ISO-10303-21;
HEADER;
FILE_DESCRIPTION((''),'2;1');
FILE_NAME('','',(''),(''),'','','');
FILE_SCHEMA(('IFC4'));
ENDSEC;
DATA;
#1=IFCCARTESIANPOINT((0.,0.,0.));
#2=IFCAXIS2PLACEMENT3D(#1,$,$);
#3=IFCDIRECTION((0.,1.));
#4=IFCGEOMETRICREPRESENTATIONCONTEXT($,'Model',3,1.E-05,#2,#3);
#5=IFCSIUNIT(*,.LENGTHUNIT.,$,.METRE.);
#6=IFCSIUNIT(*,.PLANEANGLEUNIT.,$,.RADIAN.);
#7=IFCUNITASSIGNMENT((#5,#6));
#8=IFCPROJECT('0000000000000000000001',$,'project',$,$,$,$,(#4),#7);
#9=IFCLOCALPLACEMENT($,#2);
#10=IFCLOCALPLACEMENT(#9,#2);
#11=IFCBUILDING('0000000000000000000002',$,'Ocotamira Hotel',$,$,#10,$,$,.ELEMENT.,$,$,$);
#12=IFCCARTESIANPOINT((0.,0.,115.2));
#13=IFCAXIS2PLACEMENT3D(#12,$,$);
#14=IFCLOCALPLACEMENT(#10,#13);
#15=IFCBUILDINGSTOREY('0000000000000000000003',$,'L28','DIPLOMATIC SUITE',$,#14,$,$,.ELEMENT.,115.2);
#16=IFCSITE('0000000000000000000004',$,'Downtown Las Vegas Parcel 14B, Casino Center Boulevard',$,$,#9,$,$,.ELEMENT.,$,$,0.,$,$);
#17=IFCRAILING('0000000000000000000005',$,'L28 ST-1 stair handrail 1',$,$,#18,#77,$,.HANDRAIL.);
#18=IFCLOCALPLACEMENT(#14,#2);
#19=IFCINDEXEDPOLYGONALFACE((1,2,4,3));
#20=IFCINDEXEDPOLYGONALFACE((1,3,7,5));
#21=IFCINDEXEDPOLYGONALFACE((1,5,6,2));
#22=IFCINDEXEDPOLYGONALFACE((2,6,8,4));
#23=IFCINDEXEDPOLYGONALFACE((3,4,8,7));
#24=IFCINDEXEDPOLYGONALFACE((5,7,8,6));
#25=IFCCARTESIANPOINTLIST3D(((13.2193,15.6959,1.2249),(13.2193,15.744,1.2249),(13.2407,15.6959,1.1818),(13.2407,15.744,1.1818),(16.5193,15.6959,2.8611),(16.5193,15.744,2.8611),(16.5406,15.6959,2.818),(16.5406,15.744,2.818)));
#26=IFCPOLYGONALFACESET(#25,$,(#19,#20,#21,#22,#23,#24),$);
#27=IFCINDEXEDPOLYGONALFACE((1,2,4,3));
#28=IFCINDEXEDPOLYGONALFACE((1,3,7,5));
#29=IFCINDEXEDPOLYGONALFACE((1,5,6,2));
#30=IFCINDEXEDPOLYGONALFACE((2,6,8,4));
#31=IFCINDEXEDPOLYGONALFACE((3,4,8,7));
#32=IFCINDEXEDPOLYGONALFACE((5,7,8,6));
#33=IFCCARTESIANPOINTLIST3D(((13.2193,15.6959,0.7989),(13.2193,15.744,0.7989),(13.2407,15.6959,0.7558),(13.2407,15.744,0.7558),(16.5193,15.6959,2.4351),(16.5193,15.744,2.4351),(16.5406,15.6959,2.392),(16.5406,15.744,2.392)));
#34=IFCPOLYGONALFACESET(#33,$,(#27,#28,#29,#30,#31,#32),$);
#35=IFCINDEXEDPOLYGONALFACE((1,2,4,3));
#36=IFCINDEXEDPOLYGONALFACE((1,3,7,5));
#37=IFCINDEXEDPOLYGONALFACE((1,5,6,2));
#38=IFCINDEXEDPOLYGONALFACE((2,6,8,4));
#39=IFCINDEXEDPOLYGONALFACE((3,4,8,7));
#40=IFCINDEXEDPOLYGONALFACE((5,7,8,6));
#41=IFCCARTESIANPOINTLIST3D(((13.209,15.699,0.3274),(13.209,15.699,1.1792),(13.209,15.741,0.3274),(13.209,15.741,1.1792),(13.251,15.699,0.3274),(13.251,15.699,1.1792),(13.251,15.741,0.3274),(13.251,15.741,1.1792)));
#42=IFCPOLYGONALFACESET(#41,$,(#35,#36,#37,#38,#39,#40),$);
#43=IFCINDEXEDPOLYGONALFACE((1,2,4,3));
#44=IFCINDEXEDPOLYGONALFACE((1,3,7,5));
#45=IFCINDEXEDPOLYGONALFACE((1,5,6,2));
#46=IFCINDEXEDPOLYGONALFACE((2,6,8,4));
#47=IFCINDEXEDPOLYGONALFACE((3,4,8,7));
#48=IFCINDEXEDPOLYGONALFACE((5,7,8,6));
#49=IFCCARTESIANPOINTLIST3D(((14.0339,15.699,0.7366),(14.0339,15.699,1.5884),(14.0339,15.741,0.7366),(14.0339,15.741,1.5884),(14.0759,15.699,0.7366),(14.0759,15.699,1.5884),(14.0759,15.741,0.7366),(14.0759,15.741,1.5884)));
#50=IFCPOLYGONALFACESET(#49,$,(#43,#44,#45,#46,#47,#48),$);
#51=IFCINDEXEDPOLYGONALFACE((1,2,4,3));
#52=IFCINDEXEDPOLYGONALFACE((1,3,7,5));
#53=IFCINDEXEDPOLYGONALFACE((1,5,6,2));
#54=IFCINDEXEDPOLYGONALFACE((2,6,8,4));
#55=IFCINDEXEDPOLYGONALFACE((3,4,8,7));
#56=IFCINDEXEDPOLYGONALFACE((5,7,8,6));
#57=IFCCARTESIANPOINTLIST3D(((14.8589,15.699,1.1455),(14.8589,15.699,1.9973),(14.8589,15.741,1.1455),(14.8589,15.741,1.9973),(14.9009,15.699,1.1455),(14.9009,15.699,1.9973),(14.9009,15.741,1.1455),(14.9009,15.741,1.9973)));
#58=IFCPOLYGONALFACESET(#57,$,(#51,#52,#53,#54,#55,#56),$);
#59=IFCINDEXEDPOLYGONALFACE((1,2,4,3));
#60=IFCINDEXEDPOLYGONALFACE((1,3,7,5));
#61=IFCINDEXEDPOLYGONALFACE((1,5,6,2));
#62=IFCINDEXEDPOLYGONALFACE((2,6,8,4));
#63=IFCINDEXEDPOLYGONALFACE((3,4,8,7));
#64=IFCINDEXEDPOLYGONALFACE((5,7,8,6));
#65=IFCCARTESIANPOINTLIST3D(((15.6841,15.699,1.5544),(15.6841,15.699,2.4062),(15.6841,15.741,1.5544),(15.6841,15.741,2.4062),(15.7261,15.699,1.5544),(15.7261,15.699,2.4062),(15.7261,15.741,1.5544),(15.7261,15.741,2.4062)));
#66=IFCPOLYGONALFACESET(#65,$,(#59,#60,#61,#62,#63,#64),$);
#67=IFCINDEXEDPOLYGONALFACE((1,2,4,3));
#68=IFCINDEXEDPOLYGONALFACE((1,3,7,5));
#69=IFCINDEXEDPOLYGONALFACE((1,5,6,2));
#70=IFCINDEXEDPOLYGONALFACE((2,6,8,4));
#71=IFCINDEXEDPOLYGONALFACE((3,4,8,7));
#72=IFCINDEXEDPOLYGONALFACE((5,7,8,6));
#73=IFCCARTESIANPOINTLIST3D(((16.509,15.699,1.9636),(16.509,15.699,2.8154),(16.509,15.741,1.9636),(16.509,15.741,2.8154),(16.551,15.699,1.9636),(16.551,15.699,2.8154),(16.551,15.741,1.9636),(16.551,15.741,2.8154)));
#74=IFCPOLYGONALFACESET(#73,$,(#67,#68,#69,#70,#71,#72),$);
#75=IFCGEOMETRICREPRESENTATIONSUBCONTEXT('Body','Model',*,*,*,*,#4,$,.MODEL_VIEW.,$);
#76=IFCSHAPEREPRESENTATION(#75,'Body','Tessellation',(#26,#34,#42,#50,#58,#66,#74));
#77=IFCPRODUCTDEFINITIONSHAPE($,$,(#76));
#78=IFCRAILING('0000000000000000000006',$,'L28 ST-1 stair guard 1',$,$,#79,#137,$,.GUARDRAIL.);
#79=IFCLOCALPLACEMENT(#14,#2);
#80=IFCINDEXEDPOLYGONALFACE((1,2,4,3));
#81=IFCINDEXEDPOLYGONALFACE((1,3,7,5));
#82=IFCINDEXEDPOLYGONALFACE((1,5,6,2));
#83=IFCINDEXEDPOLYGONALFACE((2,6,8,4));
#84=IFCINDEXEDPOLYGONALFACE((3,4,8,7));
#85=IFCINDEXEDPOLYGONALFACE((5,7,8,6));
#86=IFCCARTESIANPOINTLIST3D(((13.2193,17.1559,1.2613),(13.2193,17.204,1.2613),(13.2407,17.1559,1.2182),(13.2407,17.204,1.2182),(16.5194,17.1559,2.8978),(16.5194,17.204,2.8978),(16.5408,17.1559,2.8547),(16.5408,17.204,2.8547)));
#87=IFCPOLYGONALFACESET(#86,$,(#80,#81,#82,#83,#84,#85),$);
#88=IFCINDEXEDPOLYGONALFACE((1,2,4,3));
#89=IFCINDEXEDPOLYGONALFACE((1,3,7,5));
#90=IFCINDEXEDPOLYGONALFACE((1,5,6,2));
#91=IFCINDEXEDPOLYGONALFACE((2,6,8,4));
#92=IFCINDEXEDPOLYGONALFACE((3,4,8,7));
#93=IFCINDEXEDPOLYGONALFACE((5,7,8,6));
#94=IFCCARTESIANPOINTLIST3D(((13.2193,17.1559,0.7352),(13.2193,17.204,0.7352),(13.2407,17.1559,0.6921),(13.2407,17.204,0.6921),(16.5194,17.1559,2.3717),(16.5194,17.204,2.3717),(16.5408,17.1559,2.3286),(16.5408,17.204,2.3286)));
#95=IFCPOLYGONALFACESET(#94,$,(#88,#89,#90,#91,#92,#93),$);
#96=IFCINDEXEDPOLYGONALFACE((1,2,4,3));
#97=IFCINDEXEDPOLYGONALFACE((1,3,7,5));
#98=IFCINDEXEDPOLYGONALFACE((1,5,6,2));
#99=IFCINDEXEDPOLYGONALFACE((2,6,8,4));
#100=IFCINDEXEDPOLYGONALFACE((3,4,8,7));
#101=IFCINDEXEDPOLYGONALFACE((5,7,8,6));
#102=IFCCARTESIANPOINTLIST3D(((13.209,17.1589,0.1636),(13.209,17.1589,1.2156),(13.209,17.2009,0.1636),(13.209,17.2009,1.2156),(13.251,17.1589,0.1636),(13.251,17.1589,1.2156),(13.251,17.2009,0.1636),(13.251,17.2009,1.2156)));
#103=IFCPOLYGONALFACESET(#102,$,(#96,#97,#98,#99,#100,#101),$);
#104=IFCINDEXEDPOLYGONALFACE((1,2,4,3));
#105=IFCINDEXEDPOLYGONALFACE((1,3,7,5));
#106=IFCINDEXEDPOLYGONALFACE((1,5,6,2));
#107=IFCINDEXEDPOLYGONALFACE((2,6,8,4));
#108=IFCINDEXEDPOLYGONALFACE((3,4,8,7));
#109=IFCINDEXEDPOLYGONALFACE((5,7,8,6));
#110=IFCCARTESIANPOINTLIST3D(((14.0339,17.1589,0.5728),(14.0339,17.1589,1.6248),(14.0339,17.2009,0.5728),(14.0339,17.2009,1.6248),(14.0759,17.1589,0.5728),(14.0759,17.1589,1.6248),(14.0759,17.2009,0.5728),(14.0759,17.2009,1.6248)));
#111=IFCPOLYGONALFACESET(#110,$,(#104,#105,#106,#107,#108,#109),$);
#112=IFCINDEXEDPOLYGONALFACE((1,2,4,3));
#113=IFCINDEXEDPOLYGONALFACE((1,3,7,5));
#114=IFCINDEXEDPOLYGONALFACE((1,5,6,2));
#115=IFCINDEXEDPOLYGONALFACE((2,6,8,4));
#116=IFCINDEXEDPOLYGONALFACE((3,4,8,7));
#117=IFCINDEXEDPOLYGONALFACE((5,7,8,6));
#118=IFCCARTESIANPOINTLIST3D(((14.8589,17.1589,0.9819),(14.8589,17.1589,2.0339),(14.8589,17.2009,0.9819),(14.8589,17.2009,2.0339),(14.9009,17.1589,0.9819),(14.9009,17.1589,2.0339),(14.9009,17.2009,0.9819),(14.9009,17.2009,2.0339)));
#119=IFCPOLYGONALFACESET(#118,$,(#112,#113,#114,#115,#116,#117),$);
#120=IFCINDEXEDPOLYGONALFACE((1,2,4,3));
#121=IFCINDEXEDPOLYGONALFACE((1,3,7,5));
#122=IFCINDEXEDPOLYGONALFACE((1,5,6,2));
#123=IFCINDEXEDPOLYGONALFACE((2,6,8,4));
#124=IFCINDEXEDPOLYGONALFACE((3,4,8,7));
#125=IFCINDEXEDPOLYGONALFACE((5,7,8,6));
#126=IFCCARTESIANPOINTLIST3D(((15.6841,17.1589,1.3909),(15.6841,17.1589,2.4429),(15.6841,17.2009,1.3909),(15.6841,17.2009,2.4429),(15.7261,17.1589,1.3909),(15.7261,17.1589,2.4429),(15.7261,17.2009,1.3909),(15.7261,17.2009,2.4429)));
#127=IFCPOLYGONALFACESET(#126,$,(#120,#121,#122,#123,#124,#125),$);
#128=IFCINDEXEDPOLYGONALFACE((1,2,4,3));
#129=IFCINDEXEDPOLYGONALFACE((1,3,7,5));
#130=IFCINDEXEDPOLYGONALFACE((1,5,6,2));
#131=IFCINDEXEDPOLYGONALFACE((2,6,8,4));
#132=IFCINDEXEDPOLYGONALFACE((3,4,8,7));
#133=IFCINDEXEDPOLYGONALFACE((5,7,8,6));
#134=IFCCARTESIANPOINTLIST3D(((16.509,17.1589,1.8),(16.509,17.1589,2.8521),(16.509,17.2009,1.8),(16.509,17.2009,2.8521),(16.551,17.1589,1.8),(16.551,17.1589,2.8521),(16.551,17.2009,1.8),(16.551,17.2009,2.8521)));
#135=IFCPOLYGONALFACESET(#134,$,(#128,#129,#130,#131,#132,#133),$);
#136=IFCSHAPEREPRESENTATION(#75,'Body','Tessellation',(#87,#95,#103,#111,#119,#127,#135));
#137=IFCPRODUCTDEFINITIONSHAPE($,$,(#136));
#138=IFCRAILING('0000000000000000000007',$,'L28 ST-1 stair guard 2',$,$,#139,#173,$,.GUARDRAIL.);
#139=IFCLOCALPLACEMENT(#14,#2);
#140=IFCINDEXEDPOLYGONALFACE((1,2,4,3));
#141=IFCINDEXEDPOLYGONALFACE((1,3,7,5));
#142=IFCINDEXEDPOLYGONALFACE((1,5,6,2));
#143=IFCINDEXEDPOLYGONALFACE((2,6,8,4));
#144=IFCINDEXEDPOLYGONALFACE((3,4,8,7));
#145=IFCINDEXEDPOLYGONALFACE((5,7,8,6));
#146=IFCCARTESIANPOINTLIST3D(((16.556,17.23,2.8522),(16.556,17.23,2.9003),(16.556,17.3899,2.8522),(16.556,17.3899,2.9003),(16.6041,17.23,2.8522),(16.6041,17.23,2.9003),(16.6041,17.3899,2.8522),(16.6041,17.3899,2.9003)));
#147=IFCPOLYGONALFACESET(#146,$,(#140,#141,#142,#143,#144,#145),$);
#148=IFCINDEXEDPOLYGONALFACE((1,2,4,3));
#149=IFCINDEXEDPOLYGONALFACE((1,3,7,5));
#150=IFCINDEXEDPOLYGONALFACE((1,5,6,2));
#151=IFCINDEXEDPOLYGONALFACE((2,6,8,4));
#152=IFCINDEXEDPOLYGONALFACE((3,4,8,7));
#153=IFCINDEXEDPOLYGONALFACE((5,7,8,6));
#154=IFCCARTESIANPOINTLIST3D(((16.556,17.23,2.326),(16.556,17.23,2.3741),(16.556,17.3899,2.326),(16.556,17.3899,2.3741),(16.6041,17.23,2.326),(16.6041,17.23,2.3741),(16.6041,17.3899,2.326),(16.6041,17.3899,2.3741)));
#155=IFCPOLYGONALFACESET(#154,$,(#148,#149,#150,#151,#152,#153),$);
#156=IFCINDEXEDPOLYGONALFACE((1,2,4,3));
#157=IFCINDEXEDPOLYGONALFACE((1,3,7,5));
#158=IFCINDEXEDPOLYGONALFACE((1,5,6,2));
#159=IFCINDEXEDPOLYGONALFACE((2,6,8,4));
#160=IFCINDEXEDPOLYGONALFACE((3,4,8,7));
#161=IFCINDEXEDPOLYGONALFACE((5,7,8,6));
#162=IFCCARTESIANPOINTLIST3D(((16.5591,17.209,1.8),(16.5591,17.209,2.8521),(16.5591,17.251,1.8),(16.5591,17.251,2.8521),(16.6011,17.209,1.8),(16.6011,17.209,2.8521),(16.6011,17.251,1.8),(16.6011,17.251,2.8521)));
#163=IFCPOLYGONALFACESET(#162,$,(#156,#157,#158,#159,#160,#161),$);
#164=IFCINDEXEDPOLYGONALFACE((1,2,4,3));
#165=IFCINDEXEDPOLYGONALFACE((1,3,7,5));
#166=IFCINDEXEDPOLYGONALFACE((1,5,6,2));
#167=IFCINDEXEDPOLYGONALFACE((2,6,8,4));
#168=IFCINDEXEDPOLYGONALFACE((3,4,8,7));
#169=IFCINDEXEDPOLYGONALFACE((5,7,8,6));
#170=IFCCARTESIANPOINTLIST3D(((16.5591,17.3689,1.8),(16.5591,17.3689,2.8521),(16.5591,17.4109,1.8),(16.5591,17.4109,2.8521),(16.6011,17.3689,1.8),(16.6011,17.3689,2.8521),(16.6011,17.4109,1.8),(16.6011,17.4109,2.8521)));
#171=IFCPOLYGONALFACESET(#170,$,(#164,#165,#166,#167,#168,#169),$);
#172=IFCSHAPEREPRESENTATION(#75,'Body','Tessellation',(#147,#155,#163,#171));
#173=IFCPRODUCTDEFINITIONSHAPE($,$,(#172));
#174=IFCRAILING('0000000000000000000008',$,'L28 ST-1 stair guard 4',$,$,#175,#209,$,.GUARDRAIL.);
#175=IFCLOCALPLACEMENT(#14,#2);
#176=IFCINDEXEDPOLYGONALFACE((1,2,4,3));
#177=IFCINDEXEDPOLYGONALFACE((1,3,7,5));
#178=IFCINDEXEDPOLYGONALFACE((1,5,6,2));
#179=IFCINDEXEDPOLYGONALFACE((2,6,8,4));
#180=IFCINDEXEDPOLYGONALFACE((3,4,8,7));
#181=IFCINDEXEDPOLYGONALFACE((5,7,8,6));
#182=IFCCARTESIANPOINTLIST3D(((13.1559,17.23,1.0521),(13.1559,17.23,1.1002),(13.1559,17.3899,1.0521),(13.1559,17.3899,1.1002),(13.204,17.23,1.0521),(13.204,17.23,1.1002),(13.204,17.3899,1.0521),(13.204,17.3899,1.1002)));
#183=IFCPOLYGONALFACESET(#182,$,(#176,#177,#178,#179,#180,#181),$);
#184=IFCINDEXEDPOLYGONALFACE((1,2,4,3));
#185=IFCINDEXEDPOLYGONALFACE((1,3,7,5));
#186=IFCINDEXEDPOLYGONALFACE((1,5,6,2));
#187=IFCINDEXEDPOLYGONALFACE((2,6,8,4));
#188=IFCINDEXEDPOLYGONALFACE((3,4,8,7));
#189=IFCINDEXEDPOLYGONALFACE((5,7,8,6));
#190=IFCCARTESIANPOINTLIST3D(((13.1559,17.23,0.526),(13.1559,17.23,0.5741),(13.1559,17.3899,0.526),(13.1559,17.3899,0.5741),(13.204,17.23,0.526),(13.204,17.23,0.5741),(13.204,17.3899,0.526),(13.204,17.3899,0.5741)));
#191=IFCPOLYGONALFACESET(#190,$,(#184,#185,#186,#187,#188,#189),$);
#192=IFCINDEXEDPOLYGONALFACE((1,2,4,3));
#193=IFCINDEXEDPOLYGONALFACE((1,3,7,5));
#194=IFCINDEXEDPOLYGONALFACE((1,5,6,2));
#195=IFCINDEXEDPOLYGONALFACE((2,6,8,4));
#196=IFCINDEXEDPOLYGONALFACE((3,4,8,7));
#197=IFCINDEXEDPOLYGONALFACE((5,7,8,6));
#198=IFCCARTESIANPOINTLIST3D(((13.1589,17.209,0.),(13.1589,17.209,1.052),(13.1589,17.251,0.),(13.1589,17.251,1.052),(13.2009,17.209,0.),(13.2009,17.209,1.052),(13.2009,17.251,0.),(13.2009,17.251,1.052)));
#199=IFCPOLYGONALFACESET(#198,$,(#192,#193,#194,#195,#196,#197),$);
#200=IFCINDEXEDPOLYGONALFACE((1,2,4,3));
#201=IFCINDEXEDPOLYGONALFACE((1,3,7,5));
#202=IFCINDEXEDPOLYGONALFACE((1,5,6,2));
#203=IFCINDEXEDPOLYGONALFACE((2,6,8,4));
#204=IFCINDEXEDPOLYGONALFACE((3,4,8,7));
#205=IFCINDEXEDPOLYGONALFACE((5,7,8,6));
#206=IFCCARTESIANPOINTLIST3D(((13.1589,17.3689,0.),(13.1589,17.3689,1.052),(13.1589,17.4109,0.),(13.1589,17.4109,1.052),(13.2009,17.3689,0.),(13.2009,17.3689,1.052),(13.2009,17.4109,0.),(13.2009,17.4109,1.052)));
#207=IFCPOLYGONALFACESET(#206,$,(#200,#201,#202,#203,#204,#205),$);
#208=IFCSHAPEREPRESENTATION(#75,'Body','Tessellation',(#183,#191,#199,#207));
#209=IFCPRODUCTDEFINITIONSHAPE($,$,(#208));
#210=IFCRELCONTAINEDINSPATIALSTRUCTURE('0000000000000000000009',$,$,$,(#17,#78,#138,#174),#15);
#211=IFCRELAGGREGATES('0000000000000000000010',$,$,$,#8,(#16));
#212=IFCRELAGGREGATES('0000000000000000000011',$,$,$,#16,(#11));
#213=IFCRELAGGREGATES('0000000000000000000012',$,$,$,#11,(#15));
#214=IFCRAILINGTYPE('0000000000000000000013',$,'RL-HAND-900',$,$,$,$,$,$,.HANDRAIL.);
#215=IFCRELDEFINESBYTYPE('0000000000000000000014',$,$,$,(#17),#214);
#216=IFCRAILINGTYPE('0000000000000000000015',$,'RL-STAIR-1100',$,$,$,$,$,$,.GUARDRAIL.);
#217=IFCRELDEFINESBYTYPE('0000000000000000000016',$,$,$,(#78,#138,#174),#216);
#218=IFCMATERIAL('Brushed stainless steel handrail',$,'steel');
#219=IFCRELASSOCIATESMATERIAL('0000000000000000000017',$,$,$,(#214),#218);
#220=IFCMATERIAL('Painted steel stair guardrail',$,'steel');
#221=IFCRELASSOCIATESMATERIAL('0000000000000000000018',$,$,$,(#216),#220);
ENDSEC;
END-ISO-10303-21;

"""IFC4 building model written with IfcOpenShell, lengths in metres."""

from ifc_helpers import new_model, si_unit, direction, frame, origin, origin_2d, place, context, subcontext, project, spatial, rectangle, extrude, material, type_object, element, save


model = new_model("IFC4")

# Units and contexts
model_context = context("Model", 3, precision=1e-05, world=origin(), true_north=direction((0.0, 1.0)))
body_context = subcontext(model_context, "Body", "Model", "MODEL_VIEW")
ifc_project = project(units=[si_unit("LENGTHUNIT", "METRE"), si_unit("PLANEANGLEUNIT", "RADIAN")], contexts=[model_context])

# Site, building, storey
site_placement = place(None, origin())
site = spatial("IfcSite", under=ifc_project, at=site_placement, Name="Downtown Las Vegas Parcel 14B, Casino Center Boulevard", CompositionType="ELEMENT", RefElevation=0.0)
building_placement = place(site_placement, origin())
building = spatial("IfcBuilding", under=site, at=building_placement, Name="Ocotamira Hotel", CompositionType="ELEMENT")
storey_placement = place(building_placement, frame((0.0, 0.0, 115.2)))
storey = spatial("IfcBuildingStorey", under=building, at=storey_placement, Name="L28", Description="DIPLOMATIC SUITE", CompositionType="ELEMENT", Elevation=115.2)

# Railings
ifc_material_1 = material(Name="Painted steel stair guardrail", Category="steel")
ifc_material_2 = material(Name="Brushed stainless steel handrail", Category="steel")
railing_type_1 = type_object("IfcRailingType", Name="RL-HAND-900", PredefinedType="HANDRAIL", material=ifc_material_2)
railing_1_placement = place(storey_placement, frame((13.23, 15.72, 0.3274)))
element("IfcRailing", 1, at=railing_1_placement, inside=storey, type_object=railing_type_1, Name="L28 ST-1 stair handrail 1", PredefinedType="HANDRAIL", context=body_context, shape_type="SweptSolid", body=[
    extrude(rectangle(XDim=0.0481, YDim=0.0481, at=origin_2d()), frame((0.0, 0.0, 0.876), z_axis=(0.89592, 0.0, 0.444215), x_axis=(0.0, 1.0, 0.0)), (0.0, 0.0, 1.0), 3.6833),
    extrude(rectangle(XDim=0.0481, YDim=0.0481, at=origin_2d()), frame((0.0, 0.0, 0.45), z_axis=(0.89592, 0.0, 0.444215), x_axis=(0.0, 1.0, 0.0)), (0.0, 0.0, 1.0), 3.6833),
    extrude(rectangle(XDim=0.042, YDim=0.042, at=origin_2d()), origin(), (0.0, 0.0, 1.0), 0.8518),
    extrude(rectangle(XDim=0.042, YDim=0.042, at=origin_2d()), frame((0.825, 0.0, 0.4092)), (0.0, 0.0, 1.0), 0.8518),
    extrude(rectangle(XDim=0.042, YDim=0.042, at=origin_2d()), frame((1.6499, 0.0, 0.8181)), (0.0, 0.0, 1.0), 0.8518),
    extrude(rectangle(XDim=0.042, YDim=0.042, at=origin_2d()), frame((2.4751, 0.0, 1.2271)), (0.0, 0.0, 1.0), 0.8518),
    extrude(rectangle(XDim=0.042, YDim=0.042, at=origin_2d()), frame((3.3, 0.0, 1.6362)), (0.0, 0.0, 1.0), 0.8518),
])
railing_type_2 = type_object("IfcRailingType", Name="RL-STAIR-1100", PredefinedType="GUARDRAIL", material=ifc_material_1)
railing_2_placement = place(storey_placement, frame((13.23, 17.1799, 0.1636)))
element("IfcRailing", 2, at=railing_2_placement, inside=storey, type_object=railing_type_2, Name="L28 ST-1 stair guard 1", PredefinedType="GUARDRAIL", context=body_context, shape_type="SweptSolid", body=[
    extrude(rectangle(XDim=0.0481, YDim=0.0481, at=origin_2d()), frame((0.0, 0.0, 1.0762), z_axis=(0.895894, 0.0, 0.444268), x_axis=(0.0, 1.0, 0.0)), (0.0, 0.0, 1.0), 3.6836),
    extrude(rectangle(XDim=0.0481, YDim=0.0481, at=origin_2d()), frame((0.0, 0.0, 0.55), z_axis=(0.895894, 0.0, 0.444268), x_axis=(0.0, 1.0, 0.0)), (0.0, 0.0, 1.0), 3.6836),
    extrude(rectangle(XDim=0.042, YDim=0.042, at=origin_2d()), origin(), (0.0, 0.0, 1.0), 1.052),
    extrude(rectangle(XDim=0.042, YDim=0.042, at=origin_2d()), frame((0.825, 0.0, 0.4092)), (0.0, 0.0, 1.0), 1.052),
    extrude(rectangle(XDim=0.042, YDim=0.042, at=origin_2d()), frame((1.6499, 0.0, 0.8184)), (0.0, 0.0, 1.0), 1.052),
    extrude(rectangle(XDim=0.042, YDim=0.042, at=origin_2d()), frame((2.4751, 0.0, 1.2273)), (0.0, 0.0, 1.0), 1.052),
    extrude(rectangle(XDim=0.042, YDim=0.042, at=origin_2d()), frame((3.3, 0.0, 1.6365)), (0.0, 0.0, 1.0), 1.052),
])
for number, where, name in (
    (3, (16.5801, 17.23, 1.8), "L28 ST-1 stair guard 2"),
    (4, (13.1799, 17.23, 0.0), "L28 ST-1 stair guard 4"),
):
    element("IfcRailing", number, at=place(storey_placement, frame(where)), inside=storey, type_object=railing_type_2, Name=name, PredefinedType="GUARDRAIL", context=body_context, shape_type="SweptSolid", body=[
        extrude(rectangle(XDim=0.0481, YDim=0.0481, at=origin_2d()), frame((0.0, 0.0, 1.0762), z_axis=(0.0, 1.0, 0.0), x_axis=(-1.0, 0.0, 0.0)), (0.0, 0.0, 1.0), 0.1599),
        extrude(rectangle(XDim=0.0481, YDim=0.0481, at=origin_2d()), frame((0.0, 0.0, 0.55), z_axis=(0.0, 1.0, 0.0), x_axis=(-1.0, 0.0, 0.0)), (0.0, 0.0, 1.0), 0.1599),
        extrude(rectangle(XDim=0.042, YDim=0.042, at=origin_2d()), origin(), (0.0, 0.0, 1.0), 1.052),
        extrude(rectangle(XDim=0.042, YDim=0.042, at=origin_2d()), frame((0.0, 0.1599, 0.0)), (0.0, 0.0, 1.0), 1.052),
    ])

save(model, "model.ifc")
